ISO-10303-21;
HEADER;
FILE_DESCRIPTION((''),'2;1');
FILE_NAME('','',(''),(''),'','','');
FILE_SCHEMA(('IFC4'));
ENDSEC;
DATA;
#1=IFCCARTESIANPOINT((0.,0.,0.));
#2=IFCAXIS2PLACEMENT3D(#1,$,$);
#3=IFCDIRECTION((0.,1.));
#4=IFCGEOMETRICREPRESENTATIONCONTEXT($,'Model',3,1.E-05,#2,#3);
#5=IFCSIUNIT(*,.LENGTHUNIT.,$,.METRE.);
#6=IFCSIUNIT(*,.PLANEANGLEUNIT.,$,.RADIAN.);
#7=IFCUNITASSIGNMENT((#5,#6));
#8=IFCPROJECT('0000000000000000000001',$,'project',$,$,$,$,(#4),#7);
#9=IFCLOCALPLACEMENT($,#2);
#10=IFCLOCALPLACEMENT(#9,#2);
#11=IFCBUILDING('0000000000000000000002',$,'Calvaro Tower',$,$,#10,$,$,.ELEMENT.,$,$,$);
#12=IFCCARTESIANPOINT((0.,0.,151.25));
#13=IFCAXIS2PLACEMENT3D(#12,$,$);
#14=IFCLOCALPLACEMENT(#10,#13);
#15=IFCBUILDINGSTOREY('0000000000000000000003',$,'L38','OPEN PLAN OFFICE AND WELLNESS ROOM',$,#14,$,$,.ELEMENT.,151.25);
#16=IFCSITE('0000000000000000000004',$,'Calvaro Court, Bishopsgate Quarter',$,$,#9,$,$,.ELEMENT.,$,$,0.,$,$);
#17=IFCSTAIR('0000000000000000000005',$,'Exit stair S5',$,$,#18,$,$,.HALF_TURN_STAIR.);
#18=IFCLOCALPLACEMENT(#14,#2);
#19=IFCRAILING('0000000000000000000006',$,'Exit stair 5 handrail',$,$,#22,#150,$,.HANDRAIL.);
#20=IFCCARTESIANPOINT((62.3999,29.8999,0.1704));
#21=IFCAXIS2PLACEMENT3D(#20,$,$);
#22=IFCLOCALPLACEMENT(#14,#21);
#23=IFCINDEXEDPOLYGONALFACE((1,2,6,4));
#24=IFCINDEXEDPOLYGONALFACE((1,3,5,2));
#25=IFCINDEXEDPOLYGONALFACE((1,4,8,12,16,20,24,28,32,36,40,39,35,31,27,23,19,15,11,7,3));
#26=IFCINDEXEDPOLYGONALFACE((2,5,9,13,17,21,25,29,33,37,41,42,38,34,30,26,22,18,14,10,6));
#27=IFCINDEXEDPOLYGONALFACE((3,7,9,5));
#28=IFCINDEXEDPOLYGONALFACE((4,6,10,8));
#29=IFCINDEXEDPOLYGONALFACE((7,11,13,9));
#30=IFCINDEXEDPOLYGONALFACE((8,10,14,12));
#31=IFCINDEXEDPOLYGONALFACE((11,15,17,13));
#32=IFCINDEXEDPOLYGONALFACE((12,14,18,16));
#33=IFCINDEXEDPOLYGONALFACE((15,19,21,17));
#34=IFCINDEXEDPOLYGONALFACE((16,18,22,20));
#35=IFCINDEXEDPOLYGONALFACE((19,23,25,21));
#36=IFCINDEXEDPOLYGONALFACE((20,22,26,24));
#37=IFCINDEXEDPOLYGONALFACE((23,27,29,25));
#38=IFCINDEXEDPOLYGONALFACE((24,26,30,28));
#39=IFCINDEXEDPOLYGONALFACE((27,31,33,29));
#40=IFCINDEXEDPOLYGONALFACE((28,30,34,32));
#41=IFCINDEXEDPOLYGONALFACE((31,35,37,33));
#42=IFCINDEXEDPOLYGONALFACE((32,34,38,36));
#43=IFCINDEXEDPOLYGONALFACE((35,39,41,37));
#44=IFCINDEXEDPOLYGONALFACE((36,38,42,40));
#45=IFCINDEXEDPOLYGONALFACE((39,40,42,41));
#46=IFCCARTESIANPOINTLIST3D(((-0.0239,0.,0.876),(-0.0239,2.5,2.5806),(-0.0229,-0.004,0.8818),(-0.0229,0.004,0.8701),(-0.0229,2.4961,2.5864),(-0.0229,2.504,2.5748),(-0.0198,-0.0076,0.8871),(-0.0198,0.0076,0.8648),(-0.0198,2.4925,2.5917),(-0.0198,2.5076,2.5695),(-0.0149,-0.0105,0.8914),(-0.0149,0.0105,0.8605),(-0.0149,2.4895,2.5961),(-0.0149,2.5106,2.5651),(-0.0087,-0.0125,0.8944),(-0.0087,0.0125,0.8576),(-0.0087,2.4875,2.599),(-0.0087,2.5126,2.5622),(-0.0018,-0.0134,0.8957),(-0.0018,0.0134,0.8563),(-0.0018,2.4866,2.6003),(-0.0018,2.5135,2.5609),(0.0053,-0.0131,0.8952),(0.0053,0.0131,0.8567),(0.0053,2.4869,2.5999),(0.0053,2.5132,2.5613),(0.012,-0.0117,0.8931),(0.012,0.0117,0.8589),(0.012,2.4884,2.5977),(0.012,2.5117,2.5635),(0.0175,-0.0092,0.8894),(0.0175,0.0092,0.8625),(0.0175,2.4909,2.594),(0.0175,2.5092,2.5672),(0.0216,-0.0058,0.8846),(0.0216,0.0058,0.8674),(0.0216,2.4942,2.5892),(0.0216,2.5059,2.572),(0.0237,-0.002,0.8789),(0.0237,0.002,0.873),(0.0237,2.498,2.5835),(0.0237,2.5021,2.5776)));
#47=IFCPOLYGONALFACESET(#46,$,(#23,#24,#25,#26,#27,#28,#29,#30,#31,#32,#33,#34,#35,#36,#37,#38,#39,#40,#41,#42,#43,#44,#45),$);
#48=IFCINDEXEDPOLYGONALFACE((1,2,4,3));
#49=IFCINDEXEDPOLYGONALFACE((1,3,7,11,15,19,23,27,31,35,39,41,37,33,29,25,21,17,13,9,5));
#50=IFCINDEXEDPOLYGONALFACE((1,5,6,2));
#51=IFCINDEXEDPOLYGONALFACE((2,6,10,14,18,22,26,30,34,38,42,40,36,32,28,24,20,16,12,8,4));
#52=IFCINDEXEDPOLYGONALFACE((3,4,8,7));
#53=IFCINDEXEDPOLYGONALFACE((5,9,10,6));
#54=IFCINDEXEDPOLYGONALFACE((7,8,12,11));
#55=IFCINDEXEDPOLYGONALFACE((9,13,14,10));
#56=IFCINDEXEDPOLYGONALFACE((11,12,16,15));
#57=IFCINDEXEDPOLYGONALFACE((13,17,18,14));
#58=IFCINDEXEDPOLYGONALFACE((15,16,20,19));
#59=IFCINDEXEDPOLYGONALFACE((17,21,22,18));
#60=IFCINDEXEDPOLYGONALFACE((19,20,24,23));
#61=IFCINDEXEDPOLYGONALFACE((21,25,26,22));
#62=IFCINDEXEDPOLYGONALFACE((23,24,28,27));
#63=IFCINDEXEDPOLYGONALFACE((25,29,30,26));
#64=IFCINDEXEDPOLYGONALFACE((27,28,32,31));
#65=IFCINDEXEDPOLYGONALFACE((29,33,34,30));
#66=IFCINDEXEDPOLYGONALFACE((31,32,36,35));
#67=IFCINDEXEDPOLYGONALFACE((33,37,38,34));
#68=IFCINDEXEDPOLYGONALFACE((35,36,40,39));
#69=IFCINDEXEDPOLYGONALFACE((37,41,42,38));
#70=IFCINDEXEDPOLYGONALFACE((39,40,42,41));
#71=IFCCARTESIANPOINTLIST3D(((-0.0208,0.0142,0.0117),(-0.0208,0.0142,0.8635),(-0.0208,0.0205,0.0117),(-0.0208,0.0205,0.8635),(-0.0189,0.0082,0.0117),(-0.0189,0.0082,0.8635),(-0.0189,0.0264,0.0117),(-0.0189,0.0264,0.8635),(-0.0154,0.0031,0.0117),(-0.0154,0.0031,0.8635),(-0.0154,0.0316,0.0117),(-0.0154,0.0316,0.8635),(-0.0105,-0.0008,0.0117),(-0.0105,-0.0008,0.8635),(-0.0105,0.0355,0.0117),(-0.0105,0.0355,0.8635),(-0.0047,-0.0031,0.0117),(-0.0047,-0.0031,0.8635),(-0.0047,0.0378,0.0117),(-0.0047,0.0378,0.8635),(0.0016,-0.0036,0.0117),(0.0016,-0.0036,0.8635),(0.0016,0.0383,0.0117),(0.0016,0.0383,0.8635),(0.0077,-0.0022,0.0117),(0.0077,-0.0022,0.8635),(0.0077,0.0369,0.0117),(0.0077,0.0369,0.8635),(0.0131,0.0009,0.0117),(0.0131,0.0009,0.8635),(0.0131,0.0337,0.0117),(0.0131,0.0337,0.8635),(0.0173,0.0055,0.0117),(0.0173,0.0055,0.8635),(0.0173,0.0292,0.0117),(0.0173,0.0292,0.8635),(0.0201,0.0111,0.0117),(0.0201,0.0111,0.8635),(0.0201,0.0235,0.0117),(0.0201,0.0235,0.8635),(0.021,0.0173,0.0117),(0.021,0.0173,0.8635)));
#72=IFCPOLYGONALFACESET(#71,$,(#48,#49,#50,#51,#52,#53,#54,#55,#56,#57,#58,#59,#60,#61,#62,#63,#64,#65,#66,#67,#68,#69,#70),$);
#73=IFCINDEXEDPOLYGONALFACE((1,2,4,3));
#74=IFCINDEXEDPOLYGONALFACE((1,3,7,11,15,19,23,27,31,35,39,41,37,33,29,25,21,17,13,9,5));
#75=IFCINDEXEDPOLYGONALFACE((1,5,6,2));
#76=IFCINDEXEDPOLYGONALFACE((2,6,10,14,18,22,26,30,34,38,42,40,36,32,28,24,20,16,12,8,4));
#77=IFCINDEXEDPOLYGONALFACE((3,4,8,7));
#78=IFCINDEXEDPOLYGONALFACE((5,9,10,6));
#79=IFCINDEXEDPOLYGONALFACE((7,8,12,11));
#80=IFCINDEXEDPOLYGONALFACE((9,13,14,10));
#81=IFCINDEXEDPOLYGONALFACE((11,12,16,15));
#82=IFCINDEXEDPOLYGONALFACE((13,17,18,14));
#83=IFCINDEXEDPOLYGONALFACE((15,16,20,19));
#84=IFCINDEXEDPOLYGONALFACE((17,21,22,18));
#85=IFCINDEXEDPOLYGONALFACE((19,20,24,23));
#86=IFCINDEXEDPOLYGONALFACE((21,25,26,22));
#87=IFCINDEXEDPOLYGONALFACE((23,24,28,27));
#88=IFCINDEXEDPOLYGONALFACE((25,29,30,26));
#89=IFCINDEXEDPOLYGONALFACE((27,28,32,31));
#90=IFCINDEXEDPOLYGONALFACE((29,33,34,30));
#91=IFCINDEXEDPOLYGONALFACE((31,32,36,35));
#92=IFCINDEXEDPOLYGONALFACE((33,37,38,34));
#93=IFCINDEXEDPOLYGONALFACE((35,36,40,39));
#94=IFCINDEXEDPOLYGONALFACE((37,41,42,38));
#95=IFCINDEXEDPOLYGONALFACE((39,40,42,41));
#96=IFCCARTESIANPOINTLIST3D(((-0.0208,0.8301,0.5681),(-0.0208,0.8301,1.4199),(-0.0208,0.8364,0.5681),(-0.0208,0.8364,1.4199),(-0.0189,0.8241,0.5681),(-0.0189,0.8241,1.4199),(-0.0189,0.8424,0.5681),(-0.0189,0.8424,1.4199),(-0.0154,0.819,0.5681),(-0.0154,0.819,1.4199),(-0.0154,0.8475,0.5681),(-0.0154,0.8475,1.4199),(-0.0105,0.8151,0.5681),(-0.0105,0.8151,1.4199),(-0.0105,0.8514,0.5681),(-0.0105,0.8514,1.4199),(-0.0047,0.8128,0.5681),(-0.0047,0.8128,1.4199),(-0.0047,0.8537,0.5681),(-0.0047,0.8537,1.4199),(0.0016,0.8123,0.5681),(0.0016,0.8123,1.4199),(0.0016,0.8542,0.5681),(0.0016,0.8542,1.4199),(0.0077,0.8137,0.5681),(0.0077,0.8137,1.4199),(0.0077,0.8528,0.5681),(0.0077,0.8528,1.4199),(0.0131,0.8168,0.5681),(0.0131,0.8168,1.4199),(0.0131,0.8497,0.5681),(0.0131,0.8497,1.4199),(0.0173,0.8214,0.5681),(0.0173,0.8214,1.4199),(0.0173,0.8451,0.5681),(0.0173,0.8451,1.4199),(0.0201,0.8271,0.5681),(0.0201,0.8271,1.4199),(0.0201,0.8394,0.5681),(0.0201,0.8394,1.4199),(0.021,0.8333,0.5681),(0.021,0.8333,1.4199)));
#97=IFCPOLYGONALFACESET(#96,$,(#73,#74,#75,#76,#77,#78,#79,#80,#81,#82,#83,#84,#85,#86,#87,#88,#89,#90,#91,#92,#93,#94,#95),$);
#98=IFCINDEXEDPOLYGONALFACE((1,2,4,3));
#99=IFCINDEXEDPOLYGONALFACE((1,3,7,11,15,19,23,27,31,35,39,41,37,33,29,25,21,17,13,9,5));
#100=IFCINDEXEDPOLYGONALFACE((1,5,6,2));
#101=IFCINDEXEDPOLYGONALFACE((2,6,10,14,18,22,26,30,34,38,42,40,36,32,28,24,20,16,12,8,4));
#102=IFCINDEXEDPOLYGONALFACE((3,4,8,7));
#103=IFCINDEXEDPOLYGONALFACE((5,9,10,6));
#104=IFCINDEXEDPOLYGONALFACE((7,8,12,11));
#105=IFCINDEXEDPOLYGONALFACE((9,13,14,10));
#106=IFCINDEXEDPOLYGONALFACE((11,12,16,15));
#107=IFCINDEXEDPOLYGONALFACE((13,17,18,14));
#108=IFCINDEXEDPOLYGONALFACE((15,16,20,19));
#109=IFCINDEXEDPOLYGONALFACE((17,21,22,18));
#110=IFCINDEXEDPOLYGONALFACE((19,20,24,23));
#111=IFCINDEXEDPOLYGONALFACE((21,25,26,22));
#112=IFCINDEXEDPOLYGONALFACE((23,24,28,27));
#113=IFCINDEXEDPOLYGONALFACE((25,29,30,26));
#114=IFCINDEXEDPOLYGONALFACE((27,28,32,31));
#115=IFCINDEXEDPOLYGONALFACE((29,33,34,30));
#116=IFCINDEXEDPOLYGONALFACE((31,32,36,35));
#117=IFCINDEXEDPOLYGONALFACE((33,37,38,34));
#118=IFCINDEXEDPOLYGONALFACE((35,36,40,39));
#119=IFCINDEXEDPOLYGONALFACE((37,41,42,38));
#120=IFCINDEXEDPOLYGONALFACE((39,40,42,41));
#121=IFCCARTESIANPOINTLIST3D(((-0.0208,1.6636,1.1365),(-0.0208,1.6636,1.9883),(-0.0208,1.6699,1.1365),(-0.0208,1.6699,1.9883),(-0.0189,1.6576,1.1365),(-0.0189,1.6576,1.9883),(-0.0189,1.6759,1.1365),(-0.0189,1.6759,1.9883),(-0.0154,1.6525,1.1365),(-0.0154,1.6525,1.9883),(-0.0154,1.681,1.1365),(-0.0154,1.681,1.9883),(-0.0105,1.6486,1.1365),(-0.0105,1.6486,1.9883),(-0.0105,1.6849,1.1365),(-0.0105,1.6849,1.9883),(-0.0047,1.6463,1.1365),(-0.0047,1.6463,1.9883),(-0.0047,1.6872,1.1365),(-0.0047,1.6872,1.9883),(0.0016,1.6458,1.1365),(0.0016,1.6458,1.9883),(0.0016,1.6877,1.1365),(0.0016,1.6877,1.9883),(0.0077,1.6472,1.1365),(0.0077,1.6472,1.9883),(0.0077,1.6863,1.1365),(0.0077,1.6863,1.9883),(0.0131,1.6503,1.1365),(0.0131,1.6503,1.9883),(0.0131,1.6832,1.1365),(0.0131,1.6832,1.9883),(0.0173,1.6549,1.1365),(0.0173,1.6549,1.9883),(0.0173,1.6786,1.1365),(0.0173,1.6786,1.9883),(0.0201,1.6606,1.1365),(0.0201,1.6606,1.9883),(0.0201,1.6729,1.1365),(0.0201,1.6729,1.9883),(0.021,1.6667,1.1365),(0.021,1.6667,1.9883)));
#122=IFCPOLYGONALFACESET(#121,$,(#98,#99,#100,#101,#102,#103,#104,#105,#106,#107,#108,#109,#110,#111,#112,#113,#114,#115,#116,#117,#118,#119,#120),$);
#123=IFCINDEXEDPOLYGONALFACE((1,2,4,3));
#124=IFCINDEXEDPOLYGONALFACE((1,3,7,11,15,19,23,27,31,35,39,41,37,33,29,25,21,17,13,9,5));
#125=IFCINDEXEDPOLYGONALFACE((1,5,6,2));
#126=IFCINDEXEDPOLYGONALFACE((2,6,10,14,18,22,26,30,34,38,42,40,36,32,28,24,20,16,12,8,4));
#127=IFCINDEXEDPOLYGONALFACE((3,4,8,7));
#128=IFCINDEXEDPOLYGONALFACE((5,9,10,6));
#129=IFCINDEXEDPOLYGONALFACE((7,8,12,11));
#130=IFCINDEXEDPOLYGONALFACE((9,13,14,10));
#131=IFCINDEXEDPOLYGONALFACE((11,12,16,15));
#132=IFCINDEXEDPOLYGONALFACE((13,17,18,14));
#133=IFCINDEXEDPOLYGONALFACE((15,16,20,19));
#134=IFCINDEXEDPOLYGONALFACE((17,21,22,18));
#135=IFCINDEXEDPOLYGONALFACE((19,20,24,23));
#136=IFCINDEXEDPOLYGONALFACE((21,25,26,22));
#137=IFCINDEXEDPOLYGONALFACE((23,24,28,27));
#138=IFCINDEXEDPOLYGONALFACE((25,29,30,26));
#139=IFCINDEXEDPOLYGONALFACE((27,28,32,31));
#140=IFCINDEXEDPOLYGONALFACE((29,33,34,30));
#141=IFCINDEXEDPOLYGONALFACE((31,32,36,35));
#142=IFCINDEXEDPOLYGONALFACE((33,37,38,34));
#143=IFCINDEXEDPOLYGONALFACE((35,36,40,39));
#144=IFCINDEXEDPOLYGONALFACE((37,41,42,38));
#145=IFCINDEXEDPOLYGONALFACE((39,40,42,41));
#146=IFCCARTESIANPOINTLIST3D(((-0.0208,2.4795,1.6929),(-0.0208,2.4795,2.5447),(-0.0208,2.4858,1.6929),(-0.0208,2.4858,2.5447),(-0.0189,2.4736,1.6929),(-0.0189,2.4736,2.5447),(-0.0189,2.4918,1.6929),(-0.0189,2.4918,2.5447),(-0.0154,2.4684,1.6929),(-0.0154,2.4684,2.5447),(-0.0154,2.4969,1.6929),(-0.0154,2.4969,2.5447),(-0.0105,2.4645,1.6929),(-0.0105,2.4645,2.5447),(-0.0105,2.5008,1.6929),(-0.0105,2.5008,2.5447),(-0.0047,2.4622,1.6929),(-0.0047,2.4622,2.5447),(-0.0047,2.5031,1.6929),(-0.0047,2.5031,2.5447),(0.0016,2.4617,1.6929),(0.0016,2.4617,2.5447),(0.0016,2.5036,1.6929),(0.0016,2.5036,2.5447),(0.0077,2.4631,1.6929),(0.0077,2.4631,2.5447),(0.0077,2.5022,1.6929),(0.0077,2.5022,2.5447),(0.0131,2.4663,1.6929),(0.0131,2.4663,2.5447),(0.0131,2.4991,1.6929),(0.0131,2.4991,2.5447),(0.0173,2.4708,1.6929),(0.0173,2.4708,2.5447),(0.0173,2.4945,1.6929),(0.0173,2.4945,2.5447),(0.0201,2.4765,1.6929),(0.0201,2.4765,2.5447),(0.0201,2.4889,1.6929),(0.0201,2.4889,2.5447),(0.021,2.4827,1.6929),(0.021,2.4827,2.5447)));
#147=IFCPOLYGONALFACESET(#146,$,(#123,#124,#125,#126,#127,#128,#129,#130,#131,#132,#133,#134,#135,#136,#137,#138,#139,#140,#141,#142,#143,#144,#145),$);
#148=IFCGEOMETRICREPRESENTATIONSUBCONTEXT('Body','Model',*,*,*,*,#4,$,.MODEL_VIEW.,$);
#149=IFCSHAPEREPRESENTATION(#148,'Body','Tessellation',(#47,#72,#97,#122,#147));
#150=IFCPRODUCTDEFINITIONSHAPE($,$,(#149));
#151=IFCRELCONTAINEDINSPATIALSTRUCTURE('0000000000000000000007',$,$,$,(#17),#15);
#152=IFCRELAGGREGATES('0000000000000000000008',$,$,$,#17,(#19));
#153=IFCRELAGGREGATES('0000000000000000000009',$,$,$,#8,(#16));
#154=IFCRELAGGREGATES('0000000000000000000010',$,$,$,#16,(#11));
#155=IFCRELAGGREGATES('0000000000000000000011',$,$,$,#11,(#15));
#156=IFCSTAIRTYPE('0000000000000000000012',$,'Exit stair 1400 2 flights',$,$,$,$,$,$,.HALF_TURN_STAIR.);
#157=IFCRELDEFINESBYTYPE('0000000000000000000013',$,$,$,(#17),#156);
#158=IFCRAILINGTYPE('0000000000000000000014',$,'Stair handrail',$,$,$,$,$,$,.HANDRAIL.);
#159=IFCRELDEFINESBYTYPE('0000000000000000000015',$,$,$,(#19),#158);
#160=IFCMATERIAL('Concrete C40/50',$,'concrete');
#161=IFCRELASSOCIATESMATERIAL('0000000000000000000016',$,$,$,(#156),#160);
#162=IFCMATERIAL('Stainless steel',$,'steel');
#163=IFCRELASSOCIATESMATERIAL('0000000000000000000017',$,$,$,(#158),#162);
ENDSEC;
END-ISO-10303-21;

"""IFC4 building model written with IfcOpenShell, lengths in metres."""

from ifc_helpers import new_model, si_unit, direction, frame, origin, origin_2d, place, context, subcontext, project, spatial, circle, extrude, material, type_object, element, aggregate, save


model = new_model("IFC4")

# Units and contexts
model_context = context("Model", 3, precision=1e-05, world=origin(), true_north=direction((0.0, 1.0)))
body_context = subcontext(model_context, "Body", "Model", "MODEL_VIEW")
ifc_project = project(units=[si_unit("LENGTHUNIT", "METRE"), si_unit("PLANEANGLEUNIT", "RADIAN")], contexts=[model_context])

# Site, building, storey
site_placement = place(None, origin())
site = spatial("IfcSite", under=ifc_project, at=site_placement, Name="Calvaro Court, Bishopsgate Quarter", CompositionType="ELEMENT", RefElevation=0.0)
building_placement = place(site_placement, origin())
building = spatial("IfcBuilding", under=site, at=building_placement, Name="Calvaro Tower", CompositionType="ELEMENT")
storey_placement = place(building_placement, frame((0.0, 0.0, 151.25)))
storey = spatial("IfcBuildingStorey", under=building, at=storey_placement, Name="L38", Description="OPEN PLAN OFFICE AND WELLNESS ROOM", CompositionType="ELEMENT", Elevation=151.25)

# Stair, railing
ifc_material_1 = material(Name="Concrete C40/50", Category="concrete")
stair_type = type_object("IfcStairType", Name="Exit stair 1400 2 flights", PredefinedType="HALF_TURN_STAIR", material=ifc_material_1)
stair_placement = place(storey_placement, origin())
stair = element("IfcStair", 1, at=stair_placement, inside=storey, type_object=stair_type, Name="Exit stair S5", PredefinedType="HALF_TURN_STAIR")
ifc_material_2 = material(Name="Stainless steel", Category="steel")
railing_type = type_object("IfcRailingType", Name="Stair handrail", PredefinedType="HANDRAIL", material=ifc_material_2)
railing_1_placement = place(storey_placement, frame((62.3999, 29.8999, 0.1704)))
railing_1 = element("IfcRailing", 2, at=railing_1_placement, type_object=railing_type, Name="Exit stair 5 handrail", PredefinedType="HANDRAIL", context=body_context, shape_type="SweptSolid", body=[
    extrude(circle(Radius=0.0239, at=origin_2d()), frame((0.0, 0.0, 0.876), z_axis=(0.0, 0.826221, 0.563347), x_axis=(-1.0, 0.0, 0.0)), (0.0, 0.0, 1.0), 3.0259),
    extrude(circle(Radius=0.021, at=origin_2d()), frame((0.0, 0.0173, 0.0117)), (0.0, 0.0, 1.0), 0.8518),
    extrude(circle(Radius=0.021, at=origin_2d()), frame((0.0, 0.8333, 0.5681)), (0.0, 0.0, 1.0), 0.8518),
    extrude(circle(Radius=0.021, at=origin_2d()), frame((0.0, 1.6667, 1.1365)), (0.0, 0.0, 1.0), 0.8518),
    extrude(circle(Radius=0.021, at=origin_2d()), frame((0.0, 2.4827, 1.6929)), (0.0, 0.0, 1.0), 0.8518),
])
aggregate(stair, [railing_1])

save(model, "model.ifc")
